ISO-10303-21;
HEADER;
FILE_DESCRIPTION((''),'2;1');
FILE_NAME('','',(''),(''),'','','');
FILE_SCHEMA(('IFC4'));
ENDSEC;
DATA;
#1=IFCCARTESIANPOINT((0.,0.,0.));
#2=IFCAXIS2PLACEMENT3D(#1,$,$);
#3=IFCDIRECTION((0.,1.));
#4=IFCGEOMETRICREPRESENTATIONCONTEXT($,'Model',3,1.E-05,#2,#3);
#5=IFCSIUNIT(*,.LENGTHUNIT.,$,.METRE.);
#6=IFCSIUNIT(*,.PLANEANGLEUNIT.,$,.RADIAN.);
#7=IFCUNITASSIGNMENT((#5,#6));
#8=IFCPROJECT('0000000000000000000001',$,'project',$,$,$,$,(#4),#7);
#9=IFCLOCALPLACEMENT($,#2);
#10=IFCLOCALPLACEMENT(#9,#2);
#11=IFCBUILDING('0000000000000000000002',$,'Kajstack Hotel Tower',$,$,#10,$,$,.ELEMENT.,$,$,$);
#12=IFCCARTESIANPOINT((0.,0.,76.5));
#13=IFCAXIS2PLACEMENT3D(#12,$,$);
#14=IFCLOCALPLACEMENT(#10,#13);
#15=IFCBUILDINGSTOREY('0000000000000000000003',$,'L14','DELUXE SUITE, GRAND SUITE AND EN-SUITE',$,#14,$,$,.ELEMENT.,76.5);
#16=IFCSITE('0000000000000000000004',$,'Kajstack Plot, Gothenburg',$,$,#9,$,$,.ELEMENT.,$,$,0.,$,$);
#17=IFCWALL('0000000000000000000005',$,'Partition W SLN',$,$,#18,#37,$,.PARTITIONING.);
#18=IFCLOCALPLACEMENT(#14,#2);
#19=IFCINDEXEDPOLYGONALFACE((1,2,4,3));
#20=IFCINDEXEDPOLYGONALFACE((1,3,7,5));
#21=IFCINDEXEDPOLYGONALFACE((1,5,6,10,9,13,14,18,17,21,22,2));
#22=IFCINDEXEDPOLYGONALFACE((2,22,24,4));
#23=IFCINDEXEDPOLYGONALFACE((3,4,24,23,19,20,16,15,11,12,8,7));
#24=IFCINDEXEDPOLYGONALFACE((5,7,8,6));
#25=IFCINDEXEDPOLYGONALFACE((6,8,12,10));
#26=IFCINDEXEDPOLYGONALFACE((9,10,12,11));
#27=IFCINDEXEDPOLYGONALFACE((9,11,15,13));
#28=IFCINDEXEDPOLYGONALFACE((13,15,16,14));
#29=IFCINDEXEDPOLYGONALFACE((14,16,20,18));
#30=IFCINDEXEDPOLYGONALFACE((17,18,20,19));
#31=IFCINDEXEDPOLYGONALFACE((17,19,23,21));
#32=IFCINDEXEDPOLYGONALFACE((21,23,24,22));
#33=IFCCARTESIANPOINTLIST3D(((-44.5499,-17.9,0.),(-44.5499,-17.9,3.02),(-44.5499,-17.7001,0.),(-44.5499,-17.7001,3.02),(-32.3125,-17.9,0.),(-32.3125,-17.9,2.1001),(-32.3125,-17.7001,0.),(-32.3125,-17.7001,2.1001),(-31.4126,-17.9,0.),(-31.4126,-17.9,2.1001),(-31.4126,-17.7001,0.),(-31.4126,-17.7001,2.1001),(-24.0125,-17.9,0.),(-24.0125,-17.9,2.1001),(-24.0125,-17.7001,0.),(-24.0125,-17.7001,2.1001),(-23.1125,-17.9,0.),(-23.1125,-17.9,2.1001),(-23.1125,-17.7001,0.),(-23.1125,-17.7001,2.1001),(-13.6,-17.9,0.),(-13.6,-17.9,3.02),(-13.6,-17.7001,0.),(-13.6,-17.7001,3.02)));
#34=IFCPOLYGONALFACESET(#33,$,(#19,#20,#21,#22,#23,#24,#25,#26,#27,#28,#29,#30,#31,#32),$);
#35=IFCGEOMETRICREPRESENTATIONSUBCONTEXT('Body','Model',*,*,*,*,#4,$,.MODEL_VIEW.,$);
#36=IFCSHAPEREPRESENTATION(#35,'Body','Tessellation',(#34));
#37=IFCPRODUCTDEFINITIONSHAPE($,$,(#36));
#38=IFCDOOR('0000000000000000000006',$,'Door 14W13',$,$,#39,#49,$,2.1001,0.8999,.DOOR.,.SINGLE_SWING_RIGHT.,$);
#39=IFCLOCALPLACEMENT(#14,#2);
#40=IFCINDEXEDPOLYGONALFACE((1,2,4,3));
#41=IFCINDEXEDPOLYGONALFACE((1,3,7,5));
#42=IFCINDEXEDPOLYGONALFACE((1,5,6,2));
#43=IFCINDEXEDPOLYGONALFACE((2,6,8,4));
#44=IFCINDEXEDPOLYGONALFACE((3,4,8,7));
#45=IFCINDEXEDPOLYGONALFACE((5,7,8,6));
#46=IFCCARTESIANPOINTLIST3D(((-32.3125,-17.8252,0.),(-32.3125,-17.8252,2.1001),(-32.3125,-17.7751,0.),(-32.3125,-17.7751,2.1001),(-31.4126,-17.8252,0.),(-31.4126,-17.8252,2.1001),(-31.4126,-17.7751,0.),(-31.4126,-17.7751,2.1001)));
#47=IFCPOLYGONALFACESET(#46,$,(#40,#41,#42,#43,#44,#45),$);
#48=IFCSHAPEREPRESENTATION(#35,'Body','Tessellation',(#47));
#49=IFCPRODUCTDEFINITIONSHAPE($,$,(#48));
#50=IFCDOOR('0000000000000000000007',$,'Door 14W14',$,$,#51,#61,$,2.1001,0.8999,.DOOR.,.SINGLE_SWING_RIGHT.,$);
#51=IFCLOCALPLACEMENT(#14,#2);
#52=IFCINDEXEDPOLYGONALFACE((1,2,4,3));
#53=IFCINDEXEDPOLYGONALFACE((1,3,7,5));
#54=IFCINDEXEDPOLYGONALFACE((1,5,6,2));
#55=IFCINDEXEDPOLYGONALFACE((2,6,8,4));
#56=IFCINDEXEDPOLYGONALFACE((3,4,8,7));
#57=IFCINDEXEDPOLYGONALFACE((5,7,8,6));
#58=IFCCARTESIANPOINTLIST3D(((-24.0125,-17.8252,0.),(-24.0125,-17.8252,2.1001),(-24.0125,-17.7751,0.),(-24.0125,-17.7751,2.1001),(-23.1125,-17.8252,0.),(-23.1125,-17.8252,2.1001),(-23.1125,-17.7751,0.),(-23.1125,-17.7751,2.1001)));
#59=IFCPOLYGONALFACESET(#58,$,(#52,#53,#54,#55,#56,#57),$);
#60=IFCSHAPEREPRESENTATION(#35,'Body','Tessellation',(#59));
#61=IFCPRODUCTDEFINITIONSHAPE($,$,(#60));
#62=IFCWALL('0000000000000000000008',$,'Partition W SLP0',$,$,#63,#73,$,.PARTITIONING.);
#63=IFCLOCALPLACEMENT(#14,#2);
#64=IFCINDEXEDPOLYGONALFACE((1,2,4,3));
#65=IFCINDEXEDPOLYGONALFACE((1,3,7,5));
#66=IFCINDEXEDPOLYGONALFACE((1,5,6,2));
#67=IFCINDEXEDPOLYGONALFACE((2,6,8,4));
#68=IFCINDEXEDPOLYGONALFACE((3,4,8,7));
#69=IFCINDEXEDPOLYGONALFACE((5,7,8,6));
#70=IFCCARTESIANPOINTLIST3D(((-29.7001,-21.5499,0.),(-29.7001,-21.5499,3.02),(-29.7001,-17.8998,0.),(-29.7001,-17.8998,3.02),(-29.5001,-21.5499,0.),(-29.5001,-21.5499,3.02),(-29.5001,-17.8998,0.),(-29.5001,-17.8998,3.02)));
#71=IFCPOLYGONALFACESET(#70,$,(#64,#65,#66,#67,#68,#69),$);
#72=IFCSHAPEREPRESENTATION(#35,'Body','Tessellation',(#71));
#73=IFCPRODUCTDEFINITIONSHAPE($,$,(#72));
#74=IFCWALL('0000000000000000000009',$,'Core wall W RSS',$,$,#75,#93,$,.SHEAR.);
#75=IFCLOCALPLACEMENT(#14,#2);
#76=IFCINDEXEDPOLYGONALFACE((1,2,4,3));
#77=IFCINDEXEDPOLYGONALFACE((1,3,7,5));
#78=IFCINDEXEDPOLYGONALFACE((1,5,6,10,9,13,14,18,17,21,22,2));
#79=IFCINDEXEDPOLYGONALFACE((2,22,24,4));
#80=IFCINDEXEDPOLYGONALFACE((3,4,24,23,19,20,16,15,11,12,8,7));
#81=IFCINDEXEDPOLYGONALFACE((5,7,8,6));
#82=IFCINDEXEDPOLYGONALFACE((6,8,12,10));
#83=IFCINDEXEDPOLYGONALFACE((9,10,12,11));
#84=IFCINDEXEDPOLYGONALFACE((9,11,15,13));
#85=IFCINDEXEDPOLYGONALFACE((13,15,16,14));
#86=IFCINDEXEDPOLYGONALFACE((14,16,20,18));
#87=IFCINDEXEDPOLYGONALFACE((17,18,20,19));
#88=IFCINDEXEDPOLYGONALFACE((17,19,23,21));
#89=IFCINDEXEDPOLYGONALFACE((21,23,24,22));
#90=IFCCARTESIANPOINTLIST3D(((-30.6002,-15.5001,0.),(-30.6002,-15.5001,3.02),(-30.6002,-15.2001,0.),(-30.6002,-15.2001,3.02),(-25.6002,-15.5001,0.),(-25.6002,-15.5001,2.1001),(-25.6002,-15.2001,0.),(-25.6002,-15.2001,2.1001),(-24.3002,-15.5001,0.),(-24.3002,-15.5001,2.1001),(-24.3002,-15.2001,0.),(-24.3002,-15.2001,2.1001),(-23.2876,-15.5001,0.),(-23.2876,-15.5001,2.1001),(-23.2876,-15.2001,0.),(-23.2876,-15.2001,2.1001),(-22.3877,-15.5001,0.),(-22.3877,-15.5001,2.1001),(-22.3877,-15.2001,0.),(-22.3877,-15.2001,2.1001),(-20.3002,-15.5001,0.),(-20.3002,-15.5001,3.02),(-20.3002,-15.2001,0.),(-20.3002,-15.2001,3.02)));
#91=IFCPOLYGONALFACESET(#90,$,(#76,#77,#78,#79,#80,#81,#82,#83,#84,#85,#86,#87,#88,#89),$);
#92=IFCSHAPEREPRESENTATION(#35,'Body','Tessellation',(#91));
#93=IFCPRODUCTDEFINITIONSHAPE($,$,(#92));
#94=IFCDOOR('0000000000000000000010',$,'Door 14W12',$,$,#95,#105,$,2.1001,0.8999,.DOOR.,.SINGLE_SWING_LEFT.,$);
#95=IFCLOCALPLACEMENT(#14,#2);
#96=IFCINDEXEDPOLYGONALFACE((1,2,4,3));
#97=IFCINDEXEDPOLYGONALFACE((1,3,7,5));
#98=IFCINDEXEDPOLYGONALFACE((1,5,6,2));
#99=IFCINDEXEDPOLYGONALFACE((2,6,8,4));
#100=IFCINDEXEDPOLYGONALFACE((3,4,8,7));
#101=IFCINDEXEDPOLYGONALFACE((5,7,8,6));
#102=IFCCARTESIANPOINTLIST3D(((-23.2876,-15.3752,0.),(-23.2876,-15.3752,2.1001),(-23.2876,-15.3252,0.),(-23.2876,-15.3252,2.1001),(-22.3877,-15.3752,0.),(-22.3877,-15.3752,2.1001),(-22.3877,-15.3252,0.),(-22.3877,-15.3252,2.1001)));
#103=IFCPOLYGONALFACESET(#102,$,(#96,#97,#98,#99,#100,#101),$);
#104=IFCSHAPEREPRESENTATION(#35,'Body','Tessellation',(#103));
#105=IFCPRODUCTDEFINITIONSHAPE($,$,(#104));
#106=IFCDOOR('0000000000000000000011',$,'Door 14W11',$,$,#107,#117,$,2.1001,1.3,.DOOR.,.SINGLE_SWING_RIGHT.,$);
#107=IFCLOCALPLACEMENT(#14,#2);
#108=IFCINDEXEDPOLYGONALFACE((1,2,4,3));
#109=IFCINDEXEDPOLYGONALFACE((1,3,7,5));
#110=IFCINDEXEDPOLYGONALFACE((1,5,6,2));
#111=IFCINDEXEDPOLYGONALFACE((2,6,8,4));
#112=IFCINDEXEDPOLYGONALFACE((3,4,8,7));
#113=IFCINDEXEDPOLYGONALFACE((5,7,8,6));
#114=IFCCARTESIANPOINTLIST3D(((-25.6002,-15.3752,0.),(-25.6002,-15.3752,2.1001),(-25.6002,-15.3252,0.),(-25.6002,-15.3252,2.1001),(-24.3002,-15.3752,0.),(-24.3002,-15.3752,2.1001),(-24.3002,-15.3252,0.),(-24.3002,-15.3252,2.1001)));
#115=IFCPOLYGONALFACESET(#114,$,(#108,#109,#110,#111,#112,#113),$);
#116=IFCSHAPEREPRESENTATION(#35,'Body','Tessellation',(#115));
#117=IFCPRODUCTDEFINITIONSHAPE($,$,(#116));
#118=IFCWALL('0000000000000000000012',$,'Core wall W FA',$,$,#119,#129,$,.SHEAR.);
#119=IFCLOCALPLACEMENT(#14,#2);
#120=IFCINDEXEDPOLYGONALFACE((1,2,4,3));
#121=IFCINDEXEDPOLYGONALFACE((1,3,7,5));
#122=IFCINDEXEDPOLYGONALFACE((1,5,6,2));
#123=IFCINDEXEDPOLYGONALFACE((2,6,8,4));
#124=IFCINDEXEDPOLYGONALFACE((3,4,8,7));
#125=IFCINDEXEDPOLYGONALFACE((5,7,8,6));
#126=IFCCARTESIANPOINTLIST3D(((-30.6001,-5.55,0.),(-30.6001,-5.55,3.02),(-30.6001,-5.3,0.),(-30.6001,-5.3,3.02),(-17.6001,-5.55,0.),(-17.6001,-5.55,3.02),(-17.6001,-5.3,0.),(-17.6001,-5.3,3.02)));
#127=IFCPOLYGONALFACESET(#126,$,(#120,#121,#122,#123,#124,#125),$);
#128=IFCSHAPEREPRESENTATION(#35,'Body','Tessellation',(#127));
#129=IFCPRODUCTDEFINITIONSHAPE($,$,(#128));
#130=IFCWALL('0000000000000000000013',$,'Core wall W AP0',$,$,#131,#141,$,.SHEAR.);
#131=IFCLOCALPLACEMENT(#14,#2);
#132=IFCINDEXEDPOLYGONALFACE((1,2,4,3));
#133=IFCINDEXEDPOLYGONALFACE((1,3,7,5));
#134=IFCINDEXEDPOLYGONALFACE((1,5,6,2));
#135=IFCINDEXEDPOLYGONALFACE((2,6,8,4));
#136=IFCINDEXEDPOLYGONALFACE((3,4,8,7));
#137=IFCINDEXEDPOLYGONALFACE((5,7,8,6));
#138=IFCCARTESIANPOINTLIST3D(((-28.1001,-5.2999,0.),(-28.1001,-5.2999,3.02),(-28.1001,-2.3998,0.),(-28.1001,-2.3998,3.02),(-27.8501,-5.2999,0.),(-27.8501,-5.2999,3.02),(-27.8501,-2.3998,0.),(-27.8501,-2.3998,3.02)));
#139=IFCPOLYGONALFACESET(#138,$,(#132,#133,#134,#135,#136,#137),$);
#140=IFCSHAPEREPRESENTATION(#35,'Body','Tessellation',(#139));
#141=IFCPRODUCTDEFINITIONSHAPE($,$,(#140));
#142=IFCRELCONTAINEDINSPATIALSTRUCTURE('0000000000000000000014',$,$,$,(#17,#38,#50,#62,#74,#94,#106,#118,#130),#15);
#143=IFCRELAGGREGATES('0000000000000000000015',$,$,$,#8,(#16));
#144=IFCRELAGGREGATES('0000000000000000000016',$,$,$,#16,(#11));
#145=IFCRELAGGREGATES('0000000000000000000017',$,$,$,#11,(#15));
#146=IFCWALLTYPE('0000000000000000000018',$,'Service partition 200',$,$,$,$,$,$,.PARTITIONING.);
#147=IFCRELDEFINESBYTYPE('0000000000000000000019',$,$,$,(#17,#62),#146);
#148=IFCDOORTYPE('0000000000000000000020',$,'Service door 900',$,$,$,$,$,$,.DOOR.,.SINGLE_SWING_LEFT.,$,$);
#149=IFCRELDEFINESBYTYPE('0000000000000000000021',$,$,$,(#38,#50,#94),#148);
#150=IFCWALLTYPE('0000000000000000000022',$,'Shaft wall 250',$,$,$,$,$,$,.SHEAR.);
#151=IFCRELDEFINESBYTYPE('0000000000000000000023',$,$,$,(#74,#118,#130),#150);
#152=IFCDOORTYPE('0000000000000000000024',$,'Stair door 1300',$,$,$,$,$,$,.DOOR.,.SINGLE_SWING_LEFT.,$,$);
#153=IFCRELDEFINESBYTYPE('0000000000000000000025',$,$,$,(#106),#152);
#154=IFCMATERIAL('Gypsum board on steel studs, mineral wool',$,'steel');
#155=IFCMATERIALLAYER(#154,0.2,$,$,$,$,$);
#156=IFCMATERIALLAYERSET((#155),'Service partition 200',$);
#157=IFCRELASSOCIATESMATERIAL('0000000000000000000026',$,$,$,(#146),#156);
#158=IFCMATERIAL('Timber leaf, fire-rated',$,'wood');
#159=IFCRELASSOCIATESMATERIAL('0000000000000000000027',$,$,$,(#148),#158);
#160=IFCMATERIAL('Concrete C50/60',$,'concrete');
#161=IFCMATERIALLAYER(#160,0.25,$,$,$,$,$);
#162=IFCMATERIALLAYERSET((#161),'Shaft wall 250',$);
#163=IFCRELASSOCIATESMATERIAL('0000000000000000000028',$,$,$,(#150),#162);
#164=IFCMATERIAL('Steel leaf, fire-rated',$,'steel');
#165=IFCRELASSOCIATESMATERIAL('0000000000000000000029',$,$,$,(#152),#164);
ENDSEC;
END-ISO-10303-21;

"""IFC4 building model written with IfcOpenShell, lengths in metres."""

from ifc_helpers import new_model, si_unit, direction, frame, frame_2d, origin, place, context, subcontext, project, spatial, rectangle, extrude, material, layer, layer_set, type_object, element, fill, save


model = new_model("IFC4")

# Units and contexts
model_context = context("Model", 3, precision=1e-05, world=origin(), true_north=direction((0.0, 1.0)))
body_context = subcontext(model_context, "Body", "Model", "MODEL_VIEW")
ifc_project = project(units=[si_unit("LENGTHUNIT", "METRE"), si_unit("PLANEANGLEUNIT", "RADIAN")], contexts=[model_context])

# Site, building, storey
site_placement = place(None, origin())
site = spatial("IfcSite", under=ifc_project, at=site_placement, Name="Kajstack Plot, Gothenburg", CompositionType="ELEMENT", RefElevation=0.0)
building_placement = place(site_placement, origin())
building = spatial("IfcBuilding", under=site, at=building_placement, Name="Kajstack Hotel Tower", CompositionType="ELEMENT")
storey_placement = place(building_placement, frame((0.0, 0.0, 76.5)))
storey = spatial("IfcBuildingStorey", under=building, at=storey_placement, Name="L14", Description="DELUXE SUITE, GRAND SUITE AND EN-SUITE", CompositionType="ELEMENT", Elevation=76.5)

# Shared definitions
ifc_material_1 = material(Name="Gypsum board on steel studs, mineral wool", Category="steel")
ifc_layer_1 = layer(ifc_material_1, 0.2)
ifc_layer_set_1 = layer_set([ifc_layer_1], Name="Service partition 200")
wall_type_1 = type_object("IfcWallType", Name="Service partition 200", PredefinedType="PARTITIONING", material=ifc_layer_set_1)
ifc_material_2 = material(Name="Timber leaf, fire-rated", Category="wood")
door_type_1 = type_object("IfcDoorType", Name="Service door 900", OperationType="SINGLE_SWING_LEFT", PredefinedType="DOOR", material=ifc_material_2)

# Wall, openings, doors
wall_1_placement = place(storey_placement, frame((-44.55, -17.8, 0.0), z_axis=(0.0, 0.0, 1.0), x_axis=(1.0, 0.0, 0.0)))
wall_1 = element("IfcWall", 1, at=wall_1_placement, inside=storey, type_object=wall_type_1, Name="Partition W SLN", PredefinedType="PARTITIONING", context=body_context, shape_type="SweptSolid", body=[
    extrude(rectangle(XDim=30.95, YDim=0.2, at=frame_2d((15.4751, 0.0))), origin(), (0.0, 0.0, 1.0), 3.02),
])
opening_1_placement = place(wall_1_placement, frame((12.2375, 0.0, 0.0)))
opening_1 = element("IfcOpeningElement", 2, at=opening_1_placement, cuts=wall_1, PredefinedType="OPENING", context=body_context, shape_type="SweptSolid", body=[
    extrude(rectangle(XDim=0.8999, YDim=2.1001, at=frame_2d((0.45, 1.05))), frame((0.0, 0.1099, 0.0), z_axis=(0.0, -1.0, 0.0), x_axis=(1.0, 0.0, 0.0)), (0.0, 0.0, 1.0), 0.22),
])
opening_2_placement = place(wall_1_placement, frame((20.5376, 0.0, 0.0)))
opening_2 = element("IfcOpeningElement", 3, at=opening_2_placement, cuts=wall_1, PredefinedType="OPENING", context=body_context, shape_type="SweptSolid", body=[
    extrude(rectangle(XDim=0.8999, YDim=2.1001, at=frame_2d((0.45, 1.05))), frame((0.0, 0.1099, 0.0), z_axis=(0.0, -1.0, 0.0), x_axis=(1.0, 0.0, 0.0)), (0.0, 0.0, 1.0), 0.22),
])
door_1_placement = place(opening_1_placement, origin())
door_1 = element("IfcDoor", 4, at=door_1_placement, inside=storey, type_object=door_type_1, Name="Door 14W13", OperationType="SINGLE_SWING_RIGHT", OverallHeight=2.1001, OverallWidth=0.8999, PredefinedType="DOOR", context=body_context, shape_type="SweptSolid", body=[
    extrude(rectangle(XDim=0.8999, YDim=2.1001, at=frame_2d((0.45, 1.05))), frame((0.0, 0.0249, 0.0), z_axis=(0.0, -1.0, 0.0), x_axis=(1.0, 0.0, 0.0)), (0.0, 0.0, 1.0), 0.05),
])
fill(opening_1, door_1)
door_2_placement = place(opening_2_placement, origin())
door_2 = element("IfcDoor", 5, at=door_2_placement, inside=storey, type_object=door_type_1, Name="Door 14W14", OperationType="SINGLE_SWING_RIGHT", OverallHeight=2.1001, OverallWidth=0.8999, PredefinedType="DOOR", context=body_context, shape_type="SweptSolid", body=[
    extrude(rectangle(XDim=0.8999, YDim=2.1001, at=frame_2d((0.45, 1.05))), frame((0.0, 0.0249, 0.0), z_axis=(0.0, -1.0, 0.0), x_axis=(1.0, 0.0, 0.0)), (0.0, 0.0, 1.0), 0.05),
])
fill(opening_2, door_2)

# Wall
wall_2_placement = place(storey_placement, frame((-29.6001, -21.55, 0.0), z_axis=(0.0, 0.0, 1.0), x_axis=(0.0, 1.0, 0.0)))
element("IfcWall", 6, at=wall_2_placement, inside=storey, type_object=wall_type_1, Name="Partition W SLP0", PredefinedType="PARTITIONING", context=body_context, shape_type="SweptSolid", body=[
    extrude(rectangle(XDim=3.6501, YDim=0.2, at=frame_2d((1.8252, 0.0))), origin(), (0.0, 0.0, 1.0), 3.02),
])

# Wall, openings, doors
ifc_material_3 = material(Name="Concrete C50/60", Category="concrete")
ifc_layer_2 = layer(ifc_material_3, 0.25)
ifc_layer_set_2 = layer_set([ifc_layer_2], Name="Shaft wall 250")
wall_type_2 = type_object("IfcWallType", Name="Shaft wall 250", PredefinedType="SHEAR", material=ifc_layer_set_2)
wall_3_placement = place(storey_placement, frame((-30.6001, -15.3501, 0.0), z_axis=(0.0, 0.0, 1.0), x_axis=(1.0, 0.0, 0.0)))
wall_3 = element("IfcWall", 7, at=wall_3_placement, inside=storey, type_object=wall_type_2, Name="Core wall W RSS", PredefinedType="SHEAR", context=body_context, shape_type="SweptSolid", body=[
    extrude(rectangle(XDim=10.3, YDim=0.3, at=frame_2d((5.1499, 0.0))), origin(), (0.0, 0.0, 1.0), 3.02),
])
opening_3_placement = place(wall_3_placement, frame((5.0, 0.0, 0.0)))
opening_3 = element("IfcOpeningElement", 8, at=opening_3_placement, cuts=wall_3, PredefinedType="OPENING", context=body_context, shape_type="SweptSolid", body=[
    extrude(rectangle(XDim=1.3, YDim=2.1001, at=frame_2d((0.6499, 1.05))), frame((0.0, 0.1599, 0.0), z_axis=(0.0, -1.0, 0.0), x_axis=(1.0, 0.0, 0.0)), (0.0, 0.0, 1.0), 0.3201),
])
opening_4_placement = place(wall_3_placement, frame((7.3125, 0.0, 0.0)))
opening_4 = element("IfcOpeningElement", 9, at=opening_4_placement, cuts=wall_3, PredefinedType="OPENING", context=body_context, shape_type="SweptSolid", body=[
    extrude(rectangle(XDim=0.8999, YDim=2.1001, at=frame_2d((0.45, 1.05))), frame((0.0, 0.1599, 0.0), z_axis=(0.0, -1.0, 0.0), x_axis=(1.0, 0.0, 0.0)), (0.0, 0.0, 1.0), 0.3201),
])
door_3_placement = place(opening_4_placement, origin())
door_3 = element("IfcDoor", 10, at=door_3_placement, inside=storey, type_object=door_type_1, Name="Door 14W12", OperationType="SINGLE_SWING_LEFT", OverallHeight=2.1001, OverallWidth=0.8999, PredefinedType="DOOR", context=body_context, shape_type="SweptSolid", body=[
    extrude(rectangle(XDim=0.8999, YDim=2.1001, at=frame_2d((0.45, 1.05))), frame((0.0, 0.0249, 0.0), z_axis=(0.0, -1.0, 0.0), x_axis=(1.0, 0.0, 0.0)), (0.0, 0.0, 1.0), 0.05),
])
fill(opening_4, door_3)
ifc_material_4 = material(Name="Steel leaf, fire-rated", Category="steel")
door_type_2 = type_object("IfcDoorType", Name="Stair door 1300", OperationType="SINGLE_SWING_LEFT", PredefinedType="DOOR", material=ifc_material_4)
door_4_placement = place(opening_3_placement, origin())
door_4 = element("IfcDoor", 11, at=door_4_placement, inside=storey, type_object=door_type_2, Name="Door 14W11", OperationType="SINGLE_SWING_RIGHT", OverallHeight=2.1001, OverallWidth=1.3, PredefinedType="DOOR", context=body_context, shape_type="SweptSolid", body=[
    extrude(rectangle(XDim=1.3, YDim=2.1001, at=frame_2d((0.6499, 1.05))), frame((0.0, 0.0249, 0.0), z_axis=(0.0, -1.0, 0.0), x_axis=(1.0, 0.0, 0.0)), (0.0, 0.0, 1.0), 0.05),
])
fill(opening_3, door_4)

# Walls
wall_4_placement = place(storey_placement, frame((-30.6001, -5.425, 0.0), z_axis=(0.0, 0.0, 1.0), x_axis=(1.0, 0.0, 0.0)))
element("IfcWall", 12, at=wall_4_placement, inside=storey, type_object=wall_type_2, Name="Core wall W FA", PredefinedType="SHEAR", context=body_context, shape_type="SweptSolid", body=[
    extrude(rectangle(XDim=13.0, YDim=0.25, at=frame_2d((6.5, 0.0))), origin(), (0.0, 0.0, 1.0), 3.02),
])
wall_5_placement = place(storey_placement, frame((-27.9751, -5.3, 0.0), z_axis=(0.0, 0.0, 1.0), x_axis=(0.0, 1.0, 0.0)))
element("IfcWall", 13, at=wall_5_placement, inside=storey, type_object=wall_type_2, Name="Core wall W AP0", PredefinedType="SHEAR", context=body_context, shape_type="SweptSolid", body=[
    extrude(rectangle(XDim=2.9001, YDim=0.25, at=frame_2d((1.4502, 0.0))), origin(), (0.0, 0.0, 1.0), 3.02),
])

save(model, "model.ifc")
